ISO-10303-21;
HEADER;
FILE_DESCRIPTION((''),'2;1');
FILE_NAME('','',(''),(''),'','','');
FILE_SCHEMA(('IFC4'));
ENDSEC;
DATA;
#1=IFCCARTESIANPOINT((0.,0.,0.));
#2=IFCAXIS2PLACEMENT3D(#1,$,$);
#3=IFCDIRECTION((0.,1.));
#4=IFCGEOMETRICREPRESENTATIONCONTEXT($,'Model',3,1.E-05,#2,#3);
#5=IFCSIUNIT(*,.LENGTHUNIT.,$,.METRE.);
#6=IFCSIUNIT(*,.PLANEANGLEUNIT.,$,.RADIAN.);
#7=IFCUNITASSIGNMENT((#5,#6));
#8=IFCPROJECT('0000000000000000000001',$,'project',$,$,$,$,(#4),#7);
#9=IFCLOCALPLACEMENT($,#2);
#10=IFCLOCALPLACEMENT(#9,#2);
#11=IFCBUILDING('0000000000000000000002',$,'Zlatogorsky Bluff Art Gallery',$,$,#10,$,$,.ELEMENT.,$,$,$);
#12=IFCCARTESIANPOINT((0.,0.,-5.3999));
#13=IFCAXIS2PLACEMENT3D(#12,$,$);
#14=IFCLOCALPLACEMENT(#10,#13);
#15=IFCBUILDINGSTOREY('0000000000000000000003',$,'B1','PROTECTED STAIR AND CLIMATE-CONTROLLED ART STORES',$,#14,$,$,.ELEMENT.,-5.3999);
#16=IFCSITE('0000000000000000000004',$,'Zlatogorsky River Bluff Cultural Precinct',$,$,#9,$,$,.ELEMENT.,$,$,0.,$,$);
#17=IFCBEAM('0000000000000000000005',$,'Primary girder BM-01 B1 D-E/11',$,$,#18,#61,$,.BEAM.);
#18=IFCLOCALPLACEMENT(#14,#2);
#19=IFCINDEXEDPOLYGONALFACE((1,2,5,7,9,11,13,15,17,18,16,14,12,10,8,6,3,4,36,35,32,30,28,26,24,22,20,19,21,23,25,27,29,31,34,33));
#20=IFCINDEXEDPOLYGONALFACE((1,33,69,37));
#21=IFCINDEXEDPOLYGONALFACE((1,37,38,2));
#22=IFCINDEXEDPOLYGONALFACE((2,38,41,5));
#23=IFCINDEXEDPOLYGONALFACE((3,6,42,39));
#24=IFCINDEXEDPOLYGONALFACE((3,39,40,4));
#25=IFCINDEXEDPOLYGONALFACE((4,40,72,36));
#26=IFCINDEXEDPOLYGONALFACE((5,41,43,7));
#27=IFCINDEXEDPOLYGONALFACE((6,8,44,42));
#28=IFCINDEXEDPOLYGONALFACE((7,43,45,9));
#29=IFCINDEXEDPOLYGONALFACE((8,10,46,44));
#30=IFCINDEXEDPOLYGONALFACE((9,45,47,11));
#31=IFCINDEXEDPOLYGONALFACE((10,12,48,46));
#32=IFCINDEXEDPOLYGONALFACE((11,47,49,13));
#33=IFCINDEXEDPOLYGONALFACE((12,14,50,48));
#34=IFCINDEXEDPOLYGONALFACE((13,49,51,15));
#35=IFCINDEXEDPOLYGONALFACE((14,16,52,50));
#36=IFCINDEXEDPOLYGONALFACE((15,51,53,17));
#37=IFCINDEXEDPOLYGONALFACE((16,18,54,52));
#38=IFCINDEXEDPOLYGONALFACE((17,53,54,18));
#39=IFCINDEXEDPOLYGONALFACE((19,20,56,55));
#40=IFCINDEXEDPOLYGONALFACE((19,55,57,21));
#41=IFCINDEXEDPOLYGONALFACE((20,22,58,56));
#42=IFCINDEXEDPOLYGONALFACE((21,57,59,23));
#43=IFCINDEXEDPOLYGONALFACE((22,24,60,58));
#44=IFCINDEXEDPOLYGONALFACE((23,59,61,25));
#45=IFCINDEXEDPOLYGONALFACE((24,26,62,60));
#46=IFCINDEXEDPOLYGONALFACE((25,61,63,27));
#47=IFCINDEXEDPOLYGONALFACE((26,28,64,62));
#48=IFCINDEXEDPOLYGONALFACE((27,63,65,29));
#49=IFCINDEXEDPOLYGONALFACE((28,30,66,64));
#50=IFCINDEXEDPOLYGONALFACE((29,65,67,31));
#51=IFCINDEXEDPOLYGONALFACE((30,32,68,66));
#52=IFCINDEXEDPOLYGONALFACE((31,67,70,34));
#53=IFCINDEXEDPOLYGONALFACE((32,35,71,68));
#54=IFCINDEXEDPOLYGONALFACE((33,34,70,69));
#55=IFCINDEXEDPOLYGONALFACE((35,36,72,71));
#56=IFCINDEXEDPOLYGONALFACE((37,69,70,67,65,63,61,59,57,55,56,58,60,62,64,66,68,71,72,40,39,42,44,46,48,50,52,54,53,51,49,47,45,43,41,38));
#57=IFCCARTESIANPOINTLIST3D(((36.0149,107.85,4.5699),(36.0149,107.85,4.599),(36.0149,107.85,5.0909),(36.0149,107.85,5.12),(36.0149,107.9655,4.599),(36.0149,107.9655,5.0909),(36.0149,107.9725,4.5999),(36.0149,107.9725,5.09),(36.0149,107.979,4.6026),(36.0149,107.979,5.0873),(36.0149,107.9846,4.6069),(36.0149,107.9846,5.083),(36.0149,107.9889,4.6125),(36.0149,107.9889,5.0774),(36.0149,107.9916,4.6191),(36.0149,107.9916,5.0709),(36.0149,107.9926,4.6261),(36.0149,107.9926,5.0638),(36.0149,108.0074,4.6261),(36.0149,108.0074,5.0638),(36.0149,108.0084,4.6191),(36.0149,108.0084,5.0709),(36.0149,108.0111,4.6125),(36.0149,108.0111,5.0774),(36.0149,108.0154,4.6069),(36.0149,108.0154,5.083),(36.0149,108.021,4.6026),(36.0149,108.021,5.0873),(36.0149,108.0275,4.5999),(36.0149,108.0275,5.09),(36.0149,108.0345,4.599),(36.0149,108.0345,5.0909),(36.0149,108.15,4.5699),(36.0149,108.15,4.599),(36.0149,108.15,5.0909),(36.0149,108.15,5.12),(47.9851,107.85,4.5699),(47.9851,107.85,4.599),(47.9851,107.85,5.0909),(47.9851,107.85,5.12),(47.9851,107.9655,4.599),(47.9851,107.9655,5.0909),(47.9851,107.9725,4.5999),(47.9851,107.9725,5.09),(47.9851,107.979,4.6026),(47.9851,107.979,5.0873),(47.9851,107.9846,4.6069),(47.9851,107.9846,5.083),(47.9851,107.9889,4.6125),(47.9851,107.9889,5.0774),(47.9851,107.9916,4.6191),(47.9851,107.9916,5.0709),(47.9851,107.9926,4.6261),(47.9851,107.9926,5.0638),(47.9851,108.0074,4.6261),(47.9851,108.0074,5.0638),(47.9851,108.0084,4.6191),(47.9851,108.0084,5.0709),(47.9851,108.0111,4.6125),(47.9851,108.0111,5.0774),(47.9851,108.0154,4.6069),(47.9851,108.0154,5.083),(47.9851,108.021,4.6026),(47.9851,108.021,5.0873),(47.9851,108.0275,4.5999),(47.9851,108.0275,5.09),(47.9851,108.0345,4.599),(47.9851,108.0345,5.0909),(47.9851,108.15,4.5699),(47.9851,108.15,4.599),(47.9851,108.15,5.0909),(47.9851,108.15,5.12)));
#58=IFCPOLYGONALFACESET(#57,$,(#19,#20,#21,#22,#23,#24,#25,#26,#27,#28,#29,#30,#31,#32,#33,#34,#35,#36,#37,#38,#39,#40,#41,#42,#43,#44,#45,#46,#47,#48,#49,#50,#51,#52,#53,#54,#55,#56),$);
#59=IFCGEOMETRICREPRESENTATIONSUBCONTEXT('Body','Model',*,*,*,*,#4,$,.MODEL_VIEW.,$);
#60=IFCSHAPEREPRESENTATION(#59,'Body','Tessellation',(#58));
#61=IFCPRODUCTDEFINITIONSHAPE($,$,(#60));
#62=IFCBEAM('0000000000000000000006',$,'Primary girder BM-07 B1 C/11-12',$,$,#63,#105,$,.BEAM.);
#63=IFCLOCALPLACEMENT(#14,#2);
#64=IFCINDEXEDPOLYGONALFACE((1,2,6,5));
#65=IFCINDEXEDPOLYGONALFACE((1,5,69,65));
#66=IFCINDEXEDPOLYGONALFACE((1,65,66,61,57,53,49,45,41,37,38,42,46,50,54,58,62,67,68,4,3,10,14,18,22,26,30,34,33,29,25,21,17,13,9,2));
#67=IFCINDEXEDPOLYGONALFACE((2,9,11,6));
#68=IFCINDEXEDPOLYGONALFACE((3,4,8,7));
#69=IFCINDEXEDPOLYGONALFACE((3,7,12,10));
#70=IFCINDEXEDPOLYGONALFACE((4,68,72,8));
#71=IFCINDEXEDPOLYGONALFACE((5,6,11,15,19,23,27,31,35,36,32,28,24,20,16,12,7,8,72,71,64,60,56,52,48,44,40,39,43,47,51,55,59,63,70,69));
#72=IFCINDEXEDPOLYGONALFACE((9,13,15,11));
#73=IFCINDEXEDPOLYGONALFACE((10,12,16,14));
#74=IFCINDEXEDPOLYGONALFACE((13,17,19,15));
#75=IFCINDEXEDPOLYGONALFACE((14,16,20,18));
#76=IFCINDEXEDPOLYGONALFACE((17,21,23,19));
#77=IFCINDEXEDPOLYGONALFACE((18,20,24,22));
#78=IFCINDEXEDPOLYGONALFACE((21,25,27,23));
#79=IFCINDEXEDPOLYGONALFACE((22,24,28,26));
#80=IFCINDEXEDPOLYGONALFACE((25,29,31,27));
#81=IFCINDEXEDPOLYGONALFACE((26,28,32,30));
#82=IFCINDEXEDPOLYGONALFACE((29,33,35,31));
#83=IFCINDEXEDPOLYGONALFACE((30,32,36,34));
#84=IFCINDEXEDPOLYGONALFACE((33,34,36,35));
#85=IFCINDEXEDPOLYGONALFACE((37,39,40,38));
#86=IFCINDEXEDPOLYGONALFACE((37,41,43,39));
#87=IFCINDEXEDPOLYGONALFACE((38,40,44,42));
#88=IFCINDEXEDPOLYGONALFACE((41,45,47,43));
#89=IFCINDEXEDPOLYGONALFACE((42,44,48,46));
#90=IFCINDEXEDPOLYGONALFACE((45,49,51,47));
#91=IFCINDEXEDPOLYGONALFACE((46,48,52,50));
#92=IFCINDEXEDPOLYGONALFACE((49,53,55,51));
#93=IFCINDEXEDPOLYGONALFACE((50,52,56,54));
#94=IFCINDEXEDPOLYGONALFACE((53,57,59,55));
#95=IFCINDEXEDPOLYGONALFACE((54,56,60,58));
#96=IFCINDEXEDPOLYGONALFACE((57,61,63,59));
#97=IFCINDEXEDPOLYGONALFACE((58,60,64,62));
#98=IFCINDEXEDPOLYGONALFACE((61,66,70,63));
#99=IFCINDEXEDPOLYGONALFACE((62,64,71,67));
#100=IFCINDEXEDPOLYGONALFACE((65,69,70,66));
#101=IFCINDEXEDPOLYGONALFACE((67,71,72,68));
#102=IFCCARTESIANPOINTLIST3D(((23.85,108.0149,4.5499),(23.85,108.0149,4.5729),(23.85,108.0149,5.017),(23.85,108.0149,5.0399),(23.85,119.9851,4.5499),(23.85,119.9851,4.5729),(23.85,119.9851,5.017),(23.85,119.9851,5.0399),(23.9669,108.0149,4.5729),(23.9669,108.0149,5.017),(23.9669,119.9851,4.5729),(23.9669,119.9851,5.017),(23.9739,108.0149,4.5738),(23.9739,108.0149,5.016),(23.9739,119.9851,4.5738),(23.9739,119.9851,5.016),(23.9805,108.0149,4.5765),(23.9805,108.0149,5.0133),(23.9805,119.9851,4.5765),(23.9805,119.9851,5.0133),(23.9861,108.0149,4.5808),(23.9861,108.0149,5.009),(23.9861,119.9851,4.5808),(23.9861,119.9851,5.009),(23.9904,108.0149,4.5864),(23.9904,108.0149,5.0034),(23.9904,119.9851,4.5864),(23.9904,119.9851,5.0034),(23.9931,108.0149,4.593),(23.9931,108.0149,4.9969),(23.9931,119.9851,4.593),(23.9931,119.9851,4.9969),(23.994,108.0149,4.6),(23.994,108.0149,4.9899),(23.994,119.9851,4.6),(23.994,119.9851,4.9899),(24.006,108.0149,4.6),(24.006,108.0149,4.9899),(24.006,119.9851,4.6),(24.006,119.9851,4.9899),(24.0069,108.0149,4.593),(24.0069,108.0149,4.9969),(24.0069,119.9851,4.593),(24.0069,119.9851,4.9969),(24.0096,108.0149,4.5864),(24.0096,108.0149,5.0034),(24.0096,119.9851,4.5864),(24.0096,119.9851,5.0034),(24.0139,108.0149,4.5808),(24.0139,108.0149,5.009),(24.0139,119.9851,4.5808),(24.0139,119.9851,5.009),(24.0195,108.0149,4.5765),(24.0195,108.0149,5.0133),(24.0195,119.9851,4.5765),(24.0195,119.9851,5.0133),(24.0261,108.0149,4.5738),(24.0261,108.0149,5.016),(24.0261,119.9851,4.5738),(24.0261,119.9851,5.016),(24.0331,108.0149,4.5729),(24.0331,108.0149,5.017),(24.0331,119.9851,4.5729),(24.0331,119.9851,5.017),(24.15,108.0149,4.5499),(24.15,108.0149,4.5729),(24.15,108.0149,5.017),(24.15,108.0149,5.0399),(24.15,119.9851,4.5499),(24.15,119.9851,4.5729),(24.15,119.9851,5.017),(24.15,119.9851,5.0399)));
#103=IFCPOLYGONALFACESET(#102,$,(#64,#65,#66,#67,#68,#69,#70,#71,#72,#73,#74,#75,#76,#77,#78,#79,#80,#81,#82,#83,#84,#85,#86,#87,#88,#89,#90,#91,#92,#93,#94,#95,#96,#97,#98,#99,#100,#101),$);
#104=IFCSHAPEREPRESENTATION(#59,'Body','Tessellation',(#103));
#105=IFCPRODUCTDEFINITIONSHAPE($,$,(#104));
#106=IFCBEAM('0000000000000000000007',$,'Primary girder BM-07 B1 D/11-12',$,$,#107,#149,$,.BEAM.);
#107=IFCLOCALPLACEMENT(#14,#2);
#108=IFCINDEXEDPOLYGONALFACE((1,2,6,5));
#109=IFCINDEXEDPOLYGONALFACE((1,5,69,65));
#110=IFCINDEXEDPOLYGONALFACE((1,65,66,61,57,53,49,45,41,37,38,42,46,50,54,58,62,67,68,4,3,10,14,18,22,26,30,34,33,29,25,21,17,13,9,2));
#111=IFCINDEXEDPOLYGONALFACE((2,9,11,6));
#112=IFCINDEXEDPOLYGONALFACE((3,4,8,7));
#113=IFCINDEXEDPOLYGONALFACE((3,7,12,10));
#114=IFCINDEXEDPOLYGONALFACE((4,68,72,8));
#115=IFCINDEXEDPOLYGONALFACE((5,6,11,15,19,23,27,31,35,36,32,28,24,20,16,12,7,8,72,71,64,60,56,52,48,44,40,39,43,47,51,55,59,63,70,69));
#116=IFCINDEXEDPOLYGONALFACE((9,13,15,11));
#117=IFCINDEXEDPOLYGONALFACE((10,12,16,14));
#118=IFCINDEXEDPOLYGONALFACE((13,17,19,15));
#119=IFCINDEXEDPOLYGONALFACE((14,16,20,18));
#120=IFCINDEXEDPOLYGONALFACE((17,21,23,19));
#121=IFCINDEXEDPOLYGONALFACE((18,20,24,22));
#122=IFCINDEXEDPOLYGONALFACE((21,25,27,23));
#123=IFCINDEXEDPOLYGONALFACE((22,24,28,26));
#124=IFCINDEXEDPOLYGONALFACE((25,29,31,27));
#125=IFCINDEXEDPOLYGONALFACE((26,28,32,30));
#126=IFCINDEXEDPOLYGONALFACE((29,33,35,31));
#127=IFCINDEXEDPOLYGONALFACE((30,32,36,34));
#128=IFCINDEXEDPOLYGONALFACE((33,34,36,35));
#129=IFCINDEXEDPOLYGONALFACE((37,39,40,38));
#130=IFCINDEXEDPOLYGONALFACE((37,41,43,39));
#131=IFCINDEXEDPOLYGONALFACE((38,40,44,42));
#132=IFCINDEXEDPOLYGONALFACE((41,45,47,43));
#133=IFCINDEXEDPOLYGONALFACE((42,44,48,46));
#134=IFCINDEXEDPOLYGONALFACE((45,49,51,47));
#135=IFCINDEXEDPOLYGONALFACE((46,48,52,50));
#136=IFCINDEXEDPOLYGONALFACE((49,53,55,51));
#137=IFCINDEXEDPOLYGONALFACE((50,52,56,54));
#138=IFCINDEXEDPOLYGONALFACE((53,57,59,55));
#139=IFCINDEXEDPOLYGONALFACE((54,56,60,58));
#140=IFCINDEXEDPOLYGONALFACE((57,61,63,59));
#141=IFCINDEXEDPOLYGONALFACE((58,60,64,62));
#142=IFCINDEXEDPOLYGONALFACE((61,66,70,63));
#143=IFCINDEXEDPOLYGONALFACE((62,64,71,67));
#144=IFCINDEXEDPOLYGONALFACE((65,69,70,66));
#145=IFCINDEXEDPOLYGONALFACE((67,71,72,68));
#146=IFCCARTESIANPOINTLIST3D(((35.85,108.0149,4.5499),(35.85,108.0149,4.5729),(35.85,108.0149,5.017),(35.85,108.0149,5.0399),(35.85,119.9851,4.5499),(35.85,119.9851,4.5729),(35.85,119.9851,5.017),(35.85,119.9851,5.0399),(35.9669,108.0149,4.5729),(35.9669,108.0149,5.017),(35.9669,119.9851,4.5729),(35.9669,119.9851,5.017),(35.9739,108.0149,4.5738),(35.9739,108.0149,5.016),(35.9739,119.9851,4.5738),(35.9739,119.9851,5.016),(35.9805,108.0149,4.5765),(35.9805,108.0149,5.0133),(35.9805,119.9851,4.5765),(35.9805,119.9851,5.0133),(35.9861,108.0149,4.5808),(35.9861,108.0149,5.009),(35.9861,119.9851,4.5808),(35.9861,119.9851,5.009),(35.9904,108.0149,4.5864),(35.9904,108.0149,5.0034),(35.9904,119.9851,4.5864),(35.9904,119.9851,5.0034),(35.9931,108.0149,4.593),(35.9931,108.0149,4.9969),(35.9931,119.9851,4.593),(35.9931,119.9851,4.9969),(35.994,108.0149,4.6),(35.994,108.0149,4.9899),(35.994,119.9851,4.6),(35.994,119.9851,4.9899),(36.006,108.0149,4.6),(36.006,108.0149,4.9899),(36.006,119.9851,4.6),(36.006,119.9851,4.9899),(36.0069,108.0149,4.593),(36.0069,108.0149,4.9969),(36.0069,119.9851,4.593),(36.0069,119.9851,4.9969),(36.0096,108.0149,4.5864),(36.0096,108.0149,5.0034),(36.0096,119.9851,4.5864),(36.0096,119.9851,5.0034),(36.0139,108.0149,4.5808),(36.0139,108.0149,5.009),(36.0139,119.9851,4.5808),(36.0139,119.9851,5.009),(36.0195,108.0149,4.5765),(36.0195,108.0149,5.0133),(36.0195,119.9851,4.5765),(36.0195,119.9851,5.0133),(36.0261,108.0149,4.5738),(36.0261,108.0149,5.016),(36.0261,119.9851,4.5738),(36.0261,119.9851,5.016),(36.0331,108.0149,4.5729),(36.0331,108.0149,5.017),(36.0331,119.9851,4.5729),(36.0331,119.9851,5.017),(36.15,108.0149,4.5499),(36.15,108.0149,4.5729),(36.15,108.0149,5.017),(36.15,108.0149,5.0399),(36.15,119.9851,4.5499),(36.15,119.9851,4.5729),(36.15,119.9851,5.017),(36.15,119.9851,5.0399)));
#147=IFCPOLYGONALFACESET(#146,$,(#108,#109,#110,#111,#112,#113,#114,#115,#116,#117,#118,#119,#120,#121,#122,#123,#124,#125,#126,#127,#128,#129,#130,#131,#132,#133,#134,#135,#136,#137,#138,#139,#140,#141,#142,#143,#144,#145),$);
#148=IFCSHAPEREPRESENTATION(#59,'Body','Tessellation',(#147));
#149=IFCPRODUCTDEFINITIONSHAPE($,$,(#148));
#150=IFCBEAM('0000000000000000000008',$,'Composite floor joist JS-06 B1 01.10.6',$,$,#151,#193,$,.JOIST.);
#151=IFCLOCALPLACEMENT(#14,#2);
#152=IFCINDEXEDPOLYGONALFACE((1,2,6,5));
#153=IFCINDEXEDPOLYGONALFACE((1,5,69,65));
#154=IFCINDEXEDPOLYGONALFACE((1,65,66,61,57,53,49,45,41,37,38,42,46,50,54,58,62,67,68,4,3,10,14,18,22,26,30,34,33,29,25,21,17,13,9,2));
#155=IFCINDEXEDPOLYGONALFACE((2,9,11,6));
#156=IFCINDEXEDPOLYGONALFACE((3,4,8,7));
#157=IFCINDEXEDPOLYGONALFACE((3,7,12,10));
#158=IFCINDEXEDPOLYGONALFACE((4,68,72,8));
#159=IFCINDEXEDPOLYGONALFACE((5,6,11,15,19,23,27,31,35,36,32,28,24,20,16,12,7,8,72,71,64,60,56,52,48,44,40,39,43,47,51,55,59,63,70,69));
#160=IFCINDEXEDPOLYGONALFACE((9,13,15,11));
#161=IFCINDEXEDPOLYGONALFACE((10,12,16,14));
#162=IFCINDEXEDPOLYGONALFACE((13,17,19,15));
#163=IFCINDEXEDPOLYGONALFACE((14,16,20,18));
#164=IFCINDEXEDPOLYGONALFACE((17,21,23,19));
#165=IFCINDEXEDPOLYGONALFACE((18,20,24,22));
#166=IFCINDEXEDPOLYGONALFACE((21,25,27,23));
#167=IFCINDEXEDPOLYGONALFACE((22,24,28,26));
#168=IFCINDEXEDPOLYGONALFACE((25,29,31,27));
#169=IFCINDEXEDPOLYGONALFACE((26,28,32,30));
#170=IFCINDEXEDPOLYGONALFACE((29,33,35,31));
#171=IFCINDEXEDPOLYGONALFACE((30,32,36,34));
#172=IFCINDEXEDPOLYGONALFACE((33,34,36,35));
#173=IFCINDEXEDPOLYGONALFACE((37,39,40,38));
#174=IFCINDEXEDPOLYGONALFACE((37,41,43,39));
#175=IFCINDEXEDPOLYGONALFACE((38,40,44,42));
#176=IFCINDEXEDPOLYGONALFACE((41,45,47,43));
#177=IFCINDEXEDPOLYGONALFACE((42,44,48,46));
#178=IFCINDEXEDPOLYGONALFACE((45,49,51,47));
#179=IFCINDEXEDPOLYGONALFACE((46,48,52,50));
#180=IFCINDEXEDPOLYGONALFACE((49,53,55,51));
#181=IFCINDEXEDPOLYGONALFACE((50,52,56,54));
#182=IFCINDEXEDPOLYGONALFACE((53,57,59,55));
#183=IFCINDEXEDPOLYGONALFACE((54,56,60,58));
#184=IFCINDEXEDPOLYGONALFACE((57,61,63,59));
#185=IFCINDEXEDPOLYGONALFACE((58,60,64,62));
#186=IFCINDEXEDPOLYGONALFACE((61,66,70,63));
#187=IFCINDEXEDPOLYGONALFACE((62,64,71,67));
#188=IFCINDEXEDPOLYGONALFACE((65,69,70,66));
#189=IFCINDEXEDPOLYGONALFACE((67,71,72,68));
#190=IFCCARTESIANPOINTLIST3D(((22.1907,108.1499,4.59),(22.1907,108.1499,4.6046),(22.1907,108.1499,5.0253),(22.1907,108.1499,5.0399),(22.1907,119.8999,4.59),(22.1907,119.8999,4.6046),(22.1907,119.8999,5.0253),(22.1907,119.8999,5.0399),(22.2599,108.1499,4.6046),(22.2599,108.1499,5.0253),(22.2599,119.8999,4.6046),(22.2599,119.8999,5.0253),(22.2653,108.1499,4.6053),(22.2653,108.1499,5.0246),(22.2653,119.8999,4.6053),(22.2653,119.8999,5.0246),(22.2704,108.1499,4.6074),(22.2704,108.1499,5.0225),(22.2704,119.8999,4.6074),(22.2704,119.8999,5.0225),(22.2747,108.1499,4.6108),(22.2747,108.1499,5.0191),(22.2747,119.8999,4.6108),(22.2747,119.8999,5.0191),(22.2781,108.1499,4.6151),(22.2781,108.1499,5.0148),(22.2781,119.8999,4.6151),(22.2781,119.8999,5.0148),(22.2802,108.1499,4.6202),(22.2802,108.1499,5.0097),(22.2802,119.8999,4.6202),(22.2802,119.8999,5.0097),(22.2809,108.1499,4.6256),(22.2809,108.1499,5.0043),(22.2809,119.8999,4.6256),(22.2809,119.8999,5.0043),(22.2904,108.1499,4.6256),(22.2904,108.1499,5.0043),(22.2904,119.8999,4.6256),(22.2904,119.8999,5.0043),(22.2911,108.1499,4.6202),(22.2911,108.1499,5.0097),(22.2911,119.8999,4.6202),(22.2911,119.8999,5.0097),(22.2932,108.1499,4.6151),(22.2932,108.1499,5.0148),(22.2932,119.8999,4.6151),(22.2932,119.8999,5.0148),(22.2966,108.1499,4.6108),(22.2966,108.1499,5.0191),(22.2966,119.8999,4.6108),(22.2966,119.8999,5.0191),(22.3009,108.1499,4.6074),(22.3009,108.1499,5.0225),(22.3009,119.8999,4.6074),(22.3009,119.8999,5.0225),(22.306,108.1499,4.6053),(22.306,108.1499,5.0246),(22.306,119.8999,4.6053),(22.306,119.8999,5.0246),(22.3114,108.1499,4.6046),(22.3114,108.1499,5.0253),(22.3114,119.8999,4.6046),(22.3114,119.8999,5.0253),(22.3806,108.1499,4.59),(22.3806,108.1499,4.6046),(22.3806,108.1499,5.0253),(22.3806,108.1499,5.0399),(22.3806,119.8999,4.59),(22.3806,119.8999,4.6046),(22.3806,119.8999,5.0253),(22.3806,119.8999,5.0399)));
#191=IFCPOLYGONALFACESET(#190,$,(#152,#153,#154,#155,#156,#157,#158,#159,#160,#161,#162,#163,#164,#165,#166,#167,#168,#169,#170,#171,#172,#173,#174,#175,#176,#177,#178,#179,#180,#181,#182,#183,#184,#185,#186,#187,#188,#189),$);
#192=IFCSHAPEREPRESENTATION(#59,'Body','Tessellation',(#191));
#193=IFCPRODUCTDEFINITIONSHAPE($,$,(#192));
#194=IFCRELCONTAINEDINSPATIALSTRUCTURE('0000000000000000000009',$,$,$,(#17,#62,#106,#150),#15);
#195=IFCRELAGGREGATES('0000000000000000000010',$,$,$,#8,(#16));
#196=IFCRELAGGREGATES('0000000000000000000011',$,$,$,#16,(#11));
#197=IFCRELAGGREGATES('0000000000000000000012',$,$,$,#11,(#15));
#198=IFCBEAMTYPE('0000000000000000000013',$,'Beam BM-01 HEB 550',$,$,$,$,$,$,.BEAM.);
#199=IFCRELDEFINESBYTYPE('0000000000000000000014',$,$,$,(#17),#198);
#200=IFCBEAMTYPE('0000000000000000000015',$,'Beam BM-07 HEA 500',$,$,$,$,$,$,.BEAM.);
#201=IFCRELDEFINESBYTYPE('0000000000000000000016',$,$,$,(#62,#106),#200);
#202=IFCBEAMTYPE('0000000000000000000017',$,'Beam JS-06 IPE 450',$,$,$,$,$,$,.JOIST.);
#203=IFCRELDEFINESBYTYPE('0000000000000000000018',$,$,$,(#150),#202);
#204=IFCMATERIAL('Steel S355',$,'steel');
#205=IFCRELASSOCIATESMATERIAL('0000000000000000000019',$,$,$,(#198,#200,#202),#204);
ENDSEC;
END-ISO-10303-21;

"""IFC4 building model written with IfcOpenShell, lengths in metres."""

from ifc_helpers import new_model, si_unit, direction, frame, origin, origin_2d, place, context, subcontext, project, spatial, i_section, extrude, material, material_profile, profile_set, type_object, element, save


model = new_model("IFC4")

# Units and contexts
model_context = context("Model", 3, precision=1e-05, world=origin(), true_north=direction((0.0, 1.0)))
body_context = subcontext(model_context, "Body", "Model", "MODEL_VIEW")
ifc_project = project(units=[si_unit("LENGTHUNIT", "METRE"), si_unit("PLANEANGLEUNIT", "RADIAN")], contexts=[model_context])

# Site, building, storey
site_placement = place(None, origin())
site = spatial("IfcSite", under=ifc_project, at=site_placement, Name="Zlatogorsky River Bluff Cultural Precinct", CompositionType="ELEMENT", RefElevation=0.0)
building_placement = place(site_placement, origin())
building = spatial("IfcBuilding", under=site, at=building_placement, Name="Zlatogorsky Bluff Art Gallery", CompositionType="ELEMENT")
storey_placement = place(building_placement, frame((0.0, 0.0, -5.3999)))
storey = spatial("IfcBuildingStorey", under=building, at=storey_placement, Name="B1", Description="PROTECTED STAIR AND CLIMATE-CONTROLLED ART STORES", CompositionType="ELEMENT", Elevation=-5.3999)

# Shared definitions
ifc_material_1 = material(Name="Steel S355", Category="steel")

# Beams
ifc_material_profile_1 = material_profile(ifc_material_1, i_section(OverallWidth=0.3, OverallDepth=0.55, WebThickness=0.0149, FlangeThickness=0.0291, FilletRadius=0.0271, at=origin_2d()), Name="HEB 550")
ifc_profile_set_1 = profile_set([ifc_material_profile_1], Name="Steel S355")
beam_type_1 = type_object("IfcBeamType", Name="Beam BM-01 HEB 550", PredefinedType="BEAM", material=ifc_profile_set_1)
beam_placement = place(storey_placement, frame((36.0149, 108.0, 4.845), z_axis=(1.0, 0.0, 0.0), x_axis=(0.0, 1.0, 0.0)))
element("IfcBeam", 1, at=beam_placement, inside=storey, type_object=beam_type_1, Name="Primary girder BM-01 B1 D-E/11", PredefinedType="BEAM", context=body_context, shape_type="SweptSolid", body=[
    extrude(i_section(OverallWidth=0.3, OverallDepth=0.55, WebThickness=0.0149, FlangeThickness=0.0291, FilletRadius=0.0271, at=origin_2d()), origin(), (0.0, 0.0, 1.0), 11.9702),
])
ifc_material_profile_2 = material_profile(ifc_material_1, i_section(OverallWidth=0.3, OverallDepth=0.49, WebThickness=0.012, FlangeThickness=0.0229, FilletRadius=0.0271, at=origin_2d()), Name="HEA 500")
ifc_profile_set_2 = profile_set([ifc_material_profile_2], Name="Steel S355")
beam_type_2 = type_object("IfcBeamType", Name="Beam BM-07 HEA 500", PredefinedType="BEAM", material=ifc_profile_set_2)
for number, where, z_axis, x_axis, name in (
    (2, (24.0, 108.0149, 4.7949), (0.0, 1.0, 0.0), (-1.0, 0.0, 0.0), "Primary girder BM-07 B1 C/11-12"),
    (3, (36.0, 108.0149, 4.7949), (0.0, 1.0, 0.0), (-1.0, 0.0, 0.0), "Primary girder BM-07 B1 D/11-12"),
):
    element("IfcBeam", number, at=place(storey_placement, frame(where, z_axis=z_axis, x_axis=x_axis)), inside=storey, type_object=beam_type_2, Name=name, PredefinedType="BEAM", context=body_context, shape_type="SweptSolid", body=[
        extrude(i_section(OverallWidth=0.3, OverallDepth=0.49, WebThickness=0.012, FlangeThickness=0.0229, FilletRadius=0.0271, at=origin_2d()), origin(), (0.0, 0.0, 1.0), 11.9702),
    ])
ifc_material_profile_3 = material_profile(ifc_material_1, i_section(OverallWidth=0.1899, OverallDepth=0.45, WebThickness=0.0095, FlangeThickness=0.0146, FilletRadius=0.021, at=origin_2d()), Name="IPE 450")
ifc_profile_set_3 = profile_set([ifc_material_profile_3], Name="Steel S355")
beam_type_3 = type_object("IfcBeamType", Name="Beam JS-06 IPE 450", PredefinedType="JOIST", material=ifc_profile_set_3)
for number, where, z_axis, x_axis, name in (
    (4, (22.2856, 108.1499, 4.8149), (0.0, 1.0, 0.0), (-1.0, 0.0, 0.0), "Composite floor joist JS-06 B1 01.10.6"),
):
    element("IfcBeam", number, at=place(storey_placement, frame(where, z_axis=z_axis, x_axis=x_axis)), inside=storey, type_object=beam_type_3, Name=name, PredefinedType="JOIST", context=body_context, shape_type="SweptSolid", body=[
        extrude(i_section(OverallWidth=0.1899, OverallDepth=0.45, WebThickness=0.0095, FlangeThickness=0.0146, FilletRadius=0.021, at=origin_2d()), origin(), (0.0, 0.0, 1.0), 11.75),
    ])

save(model, "model.ifc")
